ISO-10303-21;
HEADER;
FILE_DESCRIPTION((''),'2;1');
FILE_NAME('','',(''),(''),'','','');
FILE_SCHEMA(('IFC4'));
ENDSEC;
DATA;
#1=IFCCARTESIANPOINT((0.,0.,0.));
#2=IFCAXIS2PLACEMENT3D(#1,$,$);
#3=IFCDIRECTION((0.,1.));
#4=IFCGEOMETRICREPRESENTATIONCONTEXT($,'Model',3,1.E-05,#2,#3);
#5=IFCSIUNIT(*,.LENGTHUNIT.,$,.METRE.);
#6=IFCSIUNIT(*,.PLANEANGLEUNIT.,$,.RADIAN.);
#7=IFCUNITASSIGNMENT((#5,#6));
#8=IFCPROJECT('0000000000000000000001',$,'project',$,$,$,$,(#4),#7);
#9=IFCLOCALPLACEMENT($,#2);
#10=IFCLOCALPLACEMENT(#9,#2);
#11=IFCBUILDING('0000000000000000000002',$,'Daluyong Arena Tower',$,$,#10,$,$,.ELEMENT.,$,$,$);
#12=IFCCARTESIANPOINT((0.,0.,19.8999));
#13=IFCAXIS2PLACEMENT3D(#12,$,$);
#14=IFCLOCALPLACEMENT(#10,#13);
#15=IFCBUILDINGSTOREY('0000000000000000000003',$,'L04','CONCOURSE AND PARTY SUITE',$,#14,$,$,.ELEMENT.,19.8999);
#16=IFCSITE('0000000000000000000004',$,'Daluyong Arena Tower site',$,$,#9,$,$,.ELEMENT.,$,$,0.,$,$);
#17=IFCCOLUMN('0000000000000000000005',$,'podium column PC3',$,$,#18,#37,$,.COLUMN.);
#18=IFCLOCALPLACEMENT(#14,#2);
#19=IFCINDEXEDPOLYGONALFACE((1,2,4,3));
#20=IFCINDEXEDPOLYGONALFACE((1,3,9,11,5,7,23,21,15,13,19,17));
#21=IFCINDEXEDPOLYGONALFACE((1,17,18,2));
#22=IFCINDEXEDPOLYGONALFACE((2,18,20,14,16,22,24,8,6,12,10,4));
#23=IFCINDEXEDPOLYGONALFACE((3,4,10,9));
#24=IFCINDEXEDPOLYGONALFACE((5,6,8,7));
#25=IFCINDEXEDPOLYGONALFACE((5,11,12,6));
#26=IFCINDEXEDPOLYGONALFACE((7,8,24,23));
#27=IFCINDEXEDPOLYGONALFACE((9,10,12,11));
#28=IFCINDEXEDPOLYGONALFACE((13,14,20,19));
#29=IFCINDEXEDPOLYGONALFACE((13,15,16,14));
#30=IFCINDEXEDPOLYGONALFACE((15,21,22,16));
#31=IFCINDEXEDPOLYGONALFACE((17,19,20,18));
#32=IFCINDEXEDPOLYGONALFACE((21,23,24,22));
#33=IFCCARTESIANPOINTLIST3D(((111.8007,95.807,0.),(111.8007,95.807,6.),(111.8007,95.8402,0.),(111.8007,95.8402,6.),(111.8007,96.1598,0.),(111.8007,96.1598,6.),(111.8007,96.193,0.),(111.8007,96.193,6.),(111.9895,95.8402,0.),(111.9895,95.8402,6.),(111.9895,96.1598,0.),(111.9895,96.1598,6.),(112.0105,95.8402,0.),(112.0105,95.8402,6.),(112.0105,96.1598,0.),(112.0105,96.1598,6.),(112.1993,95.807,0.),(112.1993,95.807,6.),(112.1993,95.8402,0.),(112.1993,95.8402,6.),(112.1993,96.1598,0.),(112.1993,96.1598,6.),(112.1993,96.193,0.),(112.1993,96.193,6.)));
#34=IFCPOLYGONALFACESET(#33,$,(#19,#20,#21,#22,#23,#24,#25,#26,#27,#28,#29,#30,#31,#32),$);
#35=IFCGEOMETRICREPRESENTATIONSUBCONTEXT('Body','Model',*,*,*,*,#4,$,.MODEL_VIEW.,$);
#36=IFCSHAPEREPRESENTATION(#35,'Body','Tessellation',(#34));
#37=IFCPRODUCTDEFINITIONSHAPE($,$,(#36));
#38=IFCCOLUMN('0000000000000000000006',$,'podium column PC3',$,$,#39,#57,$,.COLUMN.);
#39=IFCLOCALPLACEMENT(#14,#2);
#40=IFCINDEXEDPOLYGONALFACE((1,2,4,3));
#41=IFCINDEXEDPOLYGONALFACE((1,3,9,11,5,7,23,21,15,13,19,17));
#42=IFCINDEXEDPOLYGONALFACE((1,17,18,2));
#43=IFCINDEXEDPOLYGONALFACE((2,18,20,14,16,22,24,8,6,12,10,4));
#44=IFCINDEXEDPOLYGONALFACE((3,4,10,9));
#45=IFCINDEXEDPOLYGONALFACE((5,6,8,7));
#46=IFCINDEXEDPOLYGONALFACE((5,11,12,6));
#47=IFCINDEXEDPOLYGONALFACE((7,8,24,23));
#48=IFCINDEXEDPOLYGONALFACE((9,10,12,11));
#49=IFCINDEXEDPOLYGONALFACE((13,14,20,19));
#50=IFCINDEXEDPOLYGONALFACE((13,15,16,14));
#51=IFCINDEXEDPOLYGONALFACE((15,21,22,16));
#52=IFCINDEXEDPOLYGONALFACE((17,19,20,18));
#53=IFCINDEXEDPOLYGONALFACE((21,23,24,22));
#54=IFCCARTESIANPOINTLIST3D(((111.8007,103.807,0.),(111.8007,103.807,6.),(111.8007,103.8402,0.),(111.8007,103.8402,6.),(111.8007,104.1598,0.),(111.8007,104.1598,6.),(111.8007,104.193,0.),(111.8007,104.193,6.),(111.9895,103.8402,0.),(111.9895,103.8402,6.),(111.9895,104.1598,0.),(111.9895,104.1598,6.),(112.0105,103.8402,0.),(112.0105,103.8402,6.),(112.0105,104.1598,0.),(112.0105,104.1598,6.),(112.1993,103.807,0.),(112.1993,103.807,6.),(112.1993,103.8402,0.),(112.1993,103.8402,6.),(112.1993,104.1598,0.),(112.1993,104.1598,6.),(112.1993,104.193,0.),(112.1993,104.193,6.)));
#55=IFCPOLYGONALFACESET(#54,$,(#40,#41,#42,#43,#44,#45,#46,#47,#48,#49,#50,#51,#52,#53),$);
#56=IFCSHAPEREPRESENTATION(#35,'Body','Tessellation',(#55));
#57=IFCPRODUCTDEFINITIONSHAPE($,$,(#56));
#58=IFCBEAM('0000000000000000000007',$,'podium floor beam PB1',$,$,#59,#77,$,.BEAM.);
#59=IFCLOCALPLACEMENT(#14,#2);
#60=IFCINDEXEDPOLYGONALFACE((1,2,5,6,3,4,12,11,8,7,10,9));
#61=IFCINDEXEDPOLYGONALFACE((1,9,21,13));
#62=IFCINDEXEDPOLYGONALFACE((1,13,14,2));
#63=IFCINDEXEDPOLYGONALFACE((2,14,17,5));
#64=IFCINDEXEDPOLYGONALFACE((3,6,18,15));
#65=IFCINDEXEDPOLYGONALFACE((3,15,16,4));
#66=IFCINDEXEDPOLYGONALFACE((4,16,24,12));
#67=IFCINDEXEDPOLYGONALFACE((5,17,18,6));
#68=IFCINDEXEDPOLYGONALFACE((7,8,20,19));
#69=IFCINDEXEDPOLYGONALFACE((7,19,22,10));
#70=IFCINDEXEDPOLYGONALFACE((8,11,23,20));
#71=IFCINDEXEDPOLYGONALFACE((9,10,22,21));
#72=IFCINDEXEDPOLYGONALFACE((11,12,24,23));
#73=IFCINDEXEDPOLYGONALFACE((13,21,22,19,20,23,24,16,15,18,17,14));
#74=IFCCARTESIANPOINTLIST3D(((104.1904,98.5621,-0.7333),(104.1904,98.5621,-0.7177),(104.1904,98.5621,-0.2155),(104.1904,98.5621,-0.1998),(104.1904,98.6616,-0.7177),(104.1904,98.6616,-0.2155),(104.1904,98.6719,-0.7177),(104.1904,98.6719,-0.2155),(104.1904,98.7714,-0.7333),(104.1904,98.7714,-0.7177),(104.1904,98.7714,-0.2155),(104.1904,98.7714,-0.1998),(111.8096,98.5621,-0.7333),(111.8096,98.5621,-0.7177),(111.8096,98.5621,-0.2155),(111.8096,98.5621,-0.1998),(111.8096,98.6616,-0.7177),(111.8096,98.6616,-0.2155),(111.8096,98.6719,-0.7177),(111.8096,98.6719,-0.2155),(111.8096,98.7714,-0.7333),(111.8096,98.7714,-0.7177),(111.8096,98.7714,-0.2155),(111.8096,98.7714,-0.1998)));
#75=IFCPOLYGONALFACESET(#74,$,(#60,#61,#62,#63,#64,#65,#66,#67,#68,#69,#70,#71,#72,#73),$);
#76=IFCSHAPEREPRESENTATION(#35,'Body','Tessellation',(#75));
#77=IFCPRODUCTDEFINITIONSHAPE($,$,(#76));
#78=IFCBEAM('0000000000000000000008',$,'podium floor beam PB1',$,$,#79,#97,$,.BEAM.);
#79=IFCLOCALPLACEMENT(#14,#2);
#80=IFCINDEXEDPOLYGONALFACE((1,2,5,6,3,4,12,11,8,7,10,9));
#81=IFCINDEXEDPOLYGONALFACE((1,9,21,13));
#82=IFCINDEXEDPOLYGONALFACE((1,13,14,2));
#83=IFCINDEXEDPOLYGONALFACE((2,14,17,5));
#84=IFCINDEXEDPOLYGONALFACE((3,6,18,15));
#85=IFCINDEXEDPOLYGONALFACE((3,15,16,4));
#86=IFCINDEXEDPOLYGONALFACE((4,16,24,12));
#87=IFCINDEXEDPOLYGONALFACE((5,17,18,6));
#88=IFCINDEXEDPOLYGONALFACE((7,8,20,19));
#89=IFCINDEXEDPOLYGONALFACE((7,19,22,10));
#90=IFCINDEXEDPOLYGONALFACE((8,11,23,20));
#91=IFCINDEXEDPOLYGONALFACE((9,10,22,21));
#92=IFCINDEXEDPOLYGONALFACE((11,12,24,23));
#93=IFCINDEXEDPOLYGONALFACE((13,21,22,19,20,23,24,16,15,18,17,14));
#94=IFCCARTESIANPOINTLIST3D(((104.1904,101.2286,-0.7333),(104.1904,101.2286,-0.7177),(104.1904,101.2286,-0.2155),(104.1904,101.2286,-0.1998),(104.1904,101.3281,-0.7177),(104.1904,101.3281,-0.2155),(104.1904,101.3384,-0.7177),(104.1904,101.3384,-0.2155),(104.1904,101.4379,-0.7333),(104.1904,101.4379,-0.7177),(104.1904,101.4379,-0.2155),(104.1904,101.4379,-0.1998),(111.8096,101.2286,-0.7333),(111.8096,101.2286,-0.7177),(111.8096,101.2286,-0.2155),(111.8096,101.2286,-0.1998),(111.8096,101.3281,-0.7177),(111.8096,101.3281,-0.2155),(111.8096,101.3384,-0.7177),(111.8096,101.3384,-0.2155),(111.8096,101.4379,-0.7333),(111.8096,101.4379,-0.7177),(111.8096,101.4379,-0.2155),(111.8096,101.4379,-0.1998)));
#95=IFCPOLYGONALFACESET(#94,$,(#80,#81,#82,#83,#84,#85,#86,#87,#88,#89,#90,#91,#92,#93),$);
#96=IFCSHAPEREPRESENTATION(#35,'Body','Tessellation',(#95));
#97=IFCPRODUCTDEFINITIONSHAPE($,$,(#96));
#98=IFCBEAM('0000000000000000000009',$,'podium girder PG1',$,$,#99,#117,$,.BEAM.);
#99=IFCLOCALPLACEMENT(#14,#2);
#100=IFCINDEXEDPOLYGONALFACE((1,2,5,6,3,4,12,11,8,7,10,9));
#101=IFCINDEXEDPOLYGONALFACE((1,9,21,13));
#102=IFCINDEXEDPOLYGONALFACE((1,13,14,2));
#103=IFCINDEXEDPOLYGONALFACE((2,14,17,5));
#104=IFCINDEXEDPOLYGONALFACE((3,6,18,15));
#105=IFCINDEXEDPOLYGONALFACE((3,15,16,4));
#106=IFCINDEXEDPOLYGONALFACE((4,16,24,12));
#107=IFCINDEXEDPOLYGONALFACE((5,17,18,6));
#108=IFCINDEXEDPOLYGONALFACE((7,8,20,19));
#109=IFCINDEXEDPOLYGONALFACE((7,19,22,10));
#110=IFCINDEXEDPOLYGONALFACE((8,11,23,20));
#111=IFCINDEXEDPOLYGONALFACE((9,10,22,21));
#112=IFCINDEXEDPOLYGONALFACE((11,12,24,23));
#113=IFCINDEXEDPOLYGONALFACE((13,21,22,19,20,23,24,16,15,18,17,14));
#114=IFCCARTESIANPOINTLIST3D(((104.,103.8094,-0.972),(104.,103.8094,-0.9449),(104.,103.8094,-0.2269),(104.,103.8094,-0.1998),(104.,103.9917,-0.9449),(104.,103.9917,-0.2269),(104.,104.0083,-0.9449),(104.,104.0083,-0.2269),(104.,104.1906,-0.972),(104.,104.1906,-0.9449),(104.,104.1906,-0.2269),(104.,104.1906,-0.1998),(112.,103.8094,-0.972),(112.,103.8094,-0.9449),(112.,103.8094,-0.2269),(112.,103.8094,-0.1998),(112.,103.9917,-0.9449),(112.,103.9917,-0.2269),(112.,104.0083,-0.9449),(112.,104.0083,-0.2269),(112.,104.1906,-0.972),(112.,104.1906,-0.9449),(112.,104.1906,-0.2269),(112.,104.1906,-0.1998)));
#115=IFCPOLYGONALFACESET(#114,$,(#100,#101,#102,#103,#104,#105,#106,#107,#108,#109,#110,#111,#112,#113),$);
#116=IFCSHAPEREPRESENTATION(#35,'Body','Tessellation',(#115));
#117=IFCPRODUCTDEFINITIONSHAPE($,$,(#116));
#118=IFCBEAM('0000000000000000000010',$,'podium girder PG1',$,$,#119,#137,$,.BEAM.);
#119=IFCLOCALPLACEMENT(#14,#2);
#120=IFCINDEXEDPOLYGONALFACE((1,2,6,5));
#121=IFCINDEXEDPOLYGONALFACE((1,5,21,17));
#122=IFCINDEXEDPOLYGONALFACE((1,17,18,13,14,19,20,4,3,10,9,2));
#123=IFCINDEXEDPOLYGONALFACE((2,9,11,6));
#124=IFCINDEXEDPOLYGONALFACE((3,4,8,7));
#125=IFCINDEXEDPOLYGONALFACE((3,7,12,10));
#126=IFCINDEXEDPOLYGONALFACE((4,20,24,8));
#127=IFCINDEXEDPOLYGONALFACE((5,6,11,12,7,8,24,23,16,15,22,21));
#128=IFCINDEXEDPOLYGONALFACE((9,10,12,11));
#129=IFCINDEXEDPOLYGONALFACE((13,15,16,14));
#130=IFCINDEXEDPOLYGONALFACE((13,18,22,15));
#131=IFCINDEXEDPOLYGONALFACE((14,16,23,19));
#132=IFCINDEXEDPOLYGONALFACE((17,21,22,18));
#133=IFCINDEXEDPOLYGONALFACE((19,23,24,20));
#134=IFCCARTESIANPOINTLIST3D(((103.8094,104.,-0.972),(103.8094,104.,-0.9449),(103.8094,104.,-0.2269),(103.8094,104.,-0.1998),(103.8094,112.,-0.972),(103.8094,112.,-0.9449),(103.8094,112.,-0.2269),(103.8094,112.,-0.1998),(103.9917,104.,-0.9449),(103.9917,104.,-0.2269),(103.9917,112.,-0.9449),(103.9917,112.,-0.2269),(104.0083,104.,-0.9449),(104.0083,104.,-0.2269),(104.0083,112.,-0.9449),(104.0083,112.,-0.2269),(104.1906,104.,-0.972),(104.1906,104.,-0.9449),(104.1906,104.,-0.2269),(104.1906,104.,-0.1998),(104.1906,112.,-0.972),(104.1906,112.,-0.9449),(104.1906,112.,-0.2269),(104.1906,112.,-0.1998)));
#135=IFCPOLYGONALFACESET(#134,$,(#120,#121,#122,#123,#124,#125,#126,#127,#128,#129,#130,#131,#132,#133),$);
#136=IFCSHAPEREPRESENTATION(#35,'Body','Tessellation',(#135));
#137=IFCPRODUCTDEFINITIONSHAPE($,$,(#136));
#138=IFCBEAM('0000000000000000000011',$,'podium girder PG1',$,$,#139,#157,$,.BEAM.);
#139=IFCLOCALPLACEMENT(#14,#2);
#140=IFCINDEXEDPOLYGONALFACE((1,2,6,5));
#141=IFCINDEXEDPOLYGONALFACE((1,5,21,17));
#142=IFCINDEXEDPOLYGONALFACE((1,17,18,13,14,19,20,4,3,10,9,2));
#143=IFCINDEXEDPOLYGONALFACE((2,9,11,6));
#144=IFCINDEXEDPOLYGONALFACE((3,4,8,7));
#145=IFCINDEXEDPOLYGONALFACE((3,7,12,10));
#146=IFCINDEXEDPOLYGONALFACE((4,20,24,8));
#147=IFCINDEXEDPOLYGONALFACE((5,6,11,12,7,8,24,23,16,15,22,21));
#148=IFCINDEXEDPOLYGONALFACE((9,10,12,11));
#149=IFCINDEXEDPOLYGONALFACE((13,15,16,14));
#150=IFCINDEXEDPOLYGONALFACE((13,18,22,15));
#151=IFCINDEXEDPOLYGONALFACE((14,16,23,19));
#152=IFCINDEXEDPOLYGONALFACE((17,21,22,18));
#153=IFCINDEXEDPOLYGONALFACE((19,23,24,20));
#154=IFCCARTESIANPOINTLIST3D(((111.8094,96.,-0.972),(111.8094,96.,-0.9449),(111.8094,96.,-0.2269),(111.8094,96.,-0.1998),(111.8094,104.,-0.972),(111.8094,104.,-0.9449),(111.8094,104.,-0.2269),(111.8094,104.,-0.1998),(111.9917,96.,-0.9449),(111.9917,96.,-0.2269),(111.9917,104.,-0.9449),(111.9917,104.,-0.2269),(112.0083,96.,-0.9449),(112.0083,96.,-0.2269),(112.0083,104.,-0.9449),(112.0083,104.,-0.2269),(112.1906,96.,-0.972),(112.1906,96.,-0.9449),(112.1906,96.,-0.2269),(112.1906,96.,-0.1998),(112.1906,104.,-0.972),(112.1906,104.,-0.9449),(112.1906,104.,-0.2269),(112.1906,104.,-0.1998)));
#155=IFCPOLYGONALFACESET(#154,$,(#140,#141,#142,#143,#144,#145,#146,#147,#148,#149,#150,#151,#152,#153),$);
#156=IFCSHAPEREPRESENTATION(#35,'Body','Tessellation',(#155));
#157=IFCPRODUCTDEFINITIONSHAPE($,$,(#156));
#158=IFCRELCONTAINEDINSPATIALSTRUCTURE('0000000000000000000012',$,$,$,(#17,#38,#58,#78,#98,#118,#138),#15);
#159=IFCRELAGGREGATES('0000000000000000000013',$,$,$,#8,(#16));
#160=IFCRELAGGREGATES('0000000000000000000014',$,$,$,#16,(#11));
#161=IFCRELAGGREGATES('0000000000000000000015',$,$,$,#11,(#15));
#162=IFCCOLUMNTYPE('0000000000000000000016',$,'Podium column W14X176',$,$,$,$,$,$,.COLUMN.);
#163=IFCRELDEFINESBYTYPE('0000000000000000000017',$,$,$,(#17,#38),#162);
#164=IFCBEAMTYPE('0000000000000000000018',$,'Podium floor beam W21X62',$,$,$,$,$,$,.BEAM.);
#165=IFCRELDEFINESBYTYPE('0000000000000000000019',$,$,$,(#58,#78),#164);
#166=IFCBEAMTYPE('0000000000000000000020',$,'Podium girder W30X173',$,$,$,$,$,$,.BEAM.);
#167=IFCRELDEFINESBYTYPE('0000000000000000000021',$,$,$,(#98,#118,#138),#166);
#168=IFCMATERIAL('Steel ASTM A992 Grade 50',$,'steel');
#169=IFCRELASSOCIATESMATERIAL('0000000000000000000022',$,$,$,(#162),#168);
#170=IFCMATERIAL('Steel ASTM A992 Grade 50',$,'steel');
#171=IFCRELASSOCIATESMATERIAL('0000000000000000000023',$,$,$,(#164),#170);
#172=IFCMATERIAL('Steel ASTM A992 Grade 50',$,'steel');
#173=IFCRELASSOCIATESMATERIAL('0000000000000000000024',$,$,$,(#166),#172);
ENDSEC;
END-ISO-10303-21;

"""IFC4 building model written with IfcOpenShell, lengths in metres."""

from ifc_helpers import new_model, si_unit, direction, frame, origin, origin_2d, place, context, subcontext, project, spatial, i_section, extrude, material, material_profile, profile_set, type_object, element, save


model = new_model("IFC4")

# Units and contexts
model_context = context("Model", 3, precision=1e-05, world=origin(), true_north=direction((0.0, 1.0)))
body_context = subcontext(model_context, "Body", "Model", "MODEL_VIEW")
ifc_project = project(units=[si_unit("LENGTHUNIT", "METRE"), si_unit("PLANEANGLEUNIT", "RADIAN")], contexts=[model_context])

# Site, building, storey
site_placement = place(None, origin())
site = spatial("IfcSite", under=ifc_project, at=site_placement, Name="Daluyong Arena Tower site", CompositionType="ELEMENT", RefElevation=0.0)
building_placement = place(site_placement, origin())
building = spatial("IfcBuilding", under=site, at=building_placement, Name="Daluyong Arena Tower", CompositionType="ELEMENT")
storey_placement = place(building_placement, frame((0.0, 0.0, 19.8999)))
storey = spatial("IfcBuildingStorey", under=building, at=storey_placement, Name="L04", Description="CONCOURSE AND PARTY SUITE", CompositionType="ELEMENT", Elevation=19.8999)

# Columns
ifc_material_1 = material(Name="Steel ASTM A992 Grade 50", Category="steel")
ifc_material_profile_1 = material_profile(ifc_material_1, i_section(OverallWidth=0.3987, OverallDepth=0.386, WebThickness=0.021, FlangeThickness=0.0332, at=origin_2d()))
ifc_profile_set_1 = profile_set([ifc_material_profile_1], Name="Steel ASTM A992 Grade 50")
column_type = type_object("IfcColumnType", Name="Podium column W14X176", PredefinedType="COLUMN", material=ifc_profile_set_1)
for number, where, z_axis, x_axis, name in (
    (1, (112.0, 96.0, 0.0), (0.0, 0.0, 1.0), (1.0, 0.0, 0.0), "podium column PC3"),
    (2, (112.0, 104.0, 0.0), (0.0, 0.0, 1.0), (1.0, 0.0, 0.0), "podium column PC3"),
):
    element("IfcColumn", number, at=place(storey_placement, frame(where, z_axis=z_axis, x_axis=x_axis)), inside=storey, type_object=column_type, Name=name, PredefinedType="COLUMN", context=body_context, shape_type="SweptSolid", body=[
        extrude(i_section(OverallWidth=0.3987, OverallDepth=0.386, WebThickness=0.021, FlangeThickness=0.0332, at=origin_2d()), origin(), (0.0, 0.0, 1.0), 6.0),
    ])

# Beams
ifc_material_2 = material(Name="Steel ASTM A992 Grade 50", Category="steel")
ifc_material_profile_2 = material_profile(ifc_material_2, i_section(OverallWidth=0.2092, OverallDepth=0.5334, WebThickness=0.0103, FlangeThickness=0.0156, at=origin_2d()))
ifc_profile_set_2 = profile_set([ifc_material_profile_2], Name="Steel ASTM A992 Grade 50")
beam_type_1 = type_object("IfcBeamType", Name="Podium floor beam W21X62", PredefinedType="BEAM", material=ifc_profile_set_2)
for number, where, z_axis, x_axis, name in (
    (3, (104.1904, 98.6667, -0.4666), (1.0, 0.0, 0.0), (0.0, 1.0, 0.0), "podium floor beam PB1"),
    (4, (104.1904, 101.3333, -0.4666), (1.0, 0.0, 0.0), (0.0, 1.0, 0.0), "podium floor beam PB1"),
):
    element("IfcBeam", number, at=place(storey_placement, frame(where, z_axis=z_axis, x_axis=x_axis)), inside=storey, type_object=beam_type_1, Name=name, PredefinedType="BEAM", context=body_context, shape_type="SweptSolid", body=[
        extrude(i_section(OverallWidth=0.2092, OverallDepth=0.5334, WebThickness=0.0103, FlangeThickness=0.0156, at=origin_2d()), origin(), (0.0, 0.0, 1.0), 7.6191),
    ])
ifc_material_3 = material(Name="Steel ASTM A992 Grade 50", Category="steel")
ifc_material_profile_3 = material_profile(ifc_material_3, i_section(OverallWidth=0.3811, OverallDepth=0.7722, WebThickness=0.0166, FlangeThickness=0.0271, at=origin_2d()))
ifc_profile_set_3 = profile_set([ifc_material_profile_3], Name="Steel ASTM A992 Grade 50")
beam_type_2 = type_object("IfcBeamType", Name="Podium girder W30X173", PredefinedType="BEAM", material=ifc_profile_set_3)
for number, where, z_axis, x_axis, name in (
    (5, (104.0, 104.0, -0.5859), (1.0, 0.0, 0.0), (0.0, 1.0, 0.0), "podium girder PG1"),
    (6, (104.0, 104.0, -0.5859), (0.0, 1.0, 0.0), (-1.0, 0.0, 0.0), "podium girder PG1"),
    (7, (112.0, 96.0, -0.5859), (0.0, 1.0, 0.0), (-1.0, 0.0, 0.0), "podium girder PG1"),
):
    element("IfcBeam", number, at=place(storey_placement, frame(where, z_axis=z_axis, x_axis=x_axis)), inside=storey, type_object=beam_type_2, Name=name, PredefinedType="BEAM", context=body_context, shape_type="SweptSolid", body=[
        extrude(i_section(OverallWidth=0.3811, OverallDepth=0.7722, WebThickness=0.0166, FlangeThickness=0.0271, at=origin_2d()), origin(), (0.0, 0.0, 1.0), 8.0),
    ])

save(model, "model.ifc")
